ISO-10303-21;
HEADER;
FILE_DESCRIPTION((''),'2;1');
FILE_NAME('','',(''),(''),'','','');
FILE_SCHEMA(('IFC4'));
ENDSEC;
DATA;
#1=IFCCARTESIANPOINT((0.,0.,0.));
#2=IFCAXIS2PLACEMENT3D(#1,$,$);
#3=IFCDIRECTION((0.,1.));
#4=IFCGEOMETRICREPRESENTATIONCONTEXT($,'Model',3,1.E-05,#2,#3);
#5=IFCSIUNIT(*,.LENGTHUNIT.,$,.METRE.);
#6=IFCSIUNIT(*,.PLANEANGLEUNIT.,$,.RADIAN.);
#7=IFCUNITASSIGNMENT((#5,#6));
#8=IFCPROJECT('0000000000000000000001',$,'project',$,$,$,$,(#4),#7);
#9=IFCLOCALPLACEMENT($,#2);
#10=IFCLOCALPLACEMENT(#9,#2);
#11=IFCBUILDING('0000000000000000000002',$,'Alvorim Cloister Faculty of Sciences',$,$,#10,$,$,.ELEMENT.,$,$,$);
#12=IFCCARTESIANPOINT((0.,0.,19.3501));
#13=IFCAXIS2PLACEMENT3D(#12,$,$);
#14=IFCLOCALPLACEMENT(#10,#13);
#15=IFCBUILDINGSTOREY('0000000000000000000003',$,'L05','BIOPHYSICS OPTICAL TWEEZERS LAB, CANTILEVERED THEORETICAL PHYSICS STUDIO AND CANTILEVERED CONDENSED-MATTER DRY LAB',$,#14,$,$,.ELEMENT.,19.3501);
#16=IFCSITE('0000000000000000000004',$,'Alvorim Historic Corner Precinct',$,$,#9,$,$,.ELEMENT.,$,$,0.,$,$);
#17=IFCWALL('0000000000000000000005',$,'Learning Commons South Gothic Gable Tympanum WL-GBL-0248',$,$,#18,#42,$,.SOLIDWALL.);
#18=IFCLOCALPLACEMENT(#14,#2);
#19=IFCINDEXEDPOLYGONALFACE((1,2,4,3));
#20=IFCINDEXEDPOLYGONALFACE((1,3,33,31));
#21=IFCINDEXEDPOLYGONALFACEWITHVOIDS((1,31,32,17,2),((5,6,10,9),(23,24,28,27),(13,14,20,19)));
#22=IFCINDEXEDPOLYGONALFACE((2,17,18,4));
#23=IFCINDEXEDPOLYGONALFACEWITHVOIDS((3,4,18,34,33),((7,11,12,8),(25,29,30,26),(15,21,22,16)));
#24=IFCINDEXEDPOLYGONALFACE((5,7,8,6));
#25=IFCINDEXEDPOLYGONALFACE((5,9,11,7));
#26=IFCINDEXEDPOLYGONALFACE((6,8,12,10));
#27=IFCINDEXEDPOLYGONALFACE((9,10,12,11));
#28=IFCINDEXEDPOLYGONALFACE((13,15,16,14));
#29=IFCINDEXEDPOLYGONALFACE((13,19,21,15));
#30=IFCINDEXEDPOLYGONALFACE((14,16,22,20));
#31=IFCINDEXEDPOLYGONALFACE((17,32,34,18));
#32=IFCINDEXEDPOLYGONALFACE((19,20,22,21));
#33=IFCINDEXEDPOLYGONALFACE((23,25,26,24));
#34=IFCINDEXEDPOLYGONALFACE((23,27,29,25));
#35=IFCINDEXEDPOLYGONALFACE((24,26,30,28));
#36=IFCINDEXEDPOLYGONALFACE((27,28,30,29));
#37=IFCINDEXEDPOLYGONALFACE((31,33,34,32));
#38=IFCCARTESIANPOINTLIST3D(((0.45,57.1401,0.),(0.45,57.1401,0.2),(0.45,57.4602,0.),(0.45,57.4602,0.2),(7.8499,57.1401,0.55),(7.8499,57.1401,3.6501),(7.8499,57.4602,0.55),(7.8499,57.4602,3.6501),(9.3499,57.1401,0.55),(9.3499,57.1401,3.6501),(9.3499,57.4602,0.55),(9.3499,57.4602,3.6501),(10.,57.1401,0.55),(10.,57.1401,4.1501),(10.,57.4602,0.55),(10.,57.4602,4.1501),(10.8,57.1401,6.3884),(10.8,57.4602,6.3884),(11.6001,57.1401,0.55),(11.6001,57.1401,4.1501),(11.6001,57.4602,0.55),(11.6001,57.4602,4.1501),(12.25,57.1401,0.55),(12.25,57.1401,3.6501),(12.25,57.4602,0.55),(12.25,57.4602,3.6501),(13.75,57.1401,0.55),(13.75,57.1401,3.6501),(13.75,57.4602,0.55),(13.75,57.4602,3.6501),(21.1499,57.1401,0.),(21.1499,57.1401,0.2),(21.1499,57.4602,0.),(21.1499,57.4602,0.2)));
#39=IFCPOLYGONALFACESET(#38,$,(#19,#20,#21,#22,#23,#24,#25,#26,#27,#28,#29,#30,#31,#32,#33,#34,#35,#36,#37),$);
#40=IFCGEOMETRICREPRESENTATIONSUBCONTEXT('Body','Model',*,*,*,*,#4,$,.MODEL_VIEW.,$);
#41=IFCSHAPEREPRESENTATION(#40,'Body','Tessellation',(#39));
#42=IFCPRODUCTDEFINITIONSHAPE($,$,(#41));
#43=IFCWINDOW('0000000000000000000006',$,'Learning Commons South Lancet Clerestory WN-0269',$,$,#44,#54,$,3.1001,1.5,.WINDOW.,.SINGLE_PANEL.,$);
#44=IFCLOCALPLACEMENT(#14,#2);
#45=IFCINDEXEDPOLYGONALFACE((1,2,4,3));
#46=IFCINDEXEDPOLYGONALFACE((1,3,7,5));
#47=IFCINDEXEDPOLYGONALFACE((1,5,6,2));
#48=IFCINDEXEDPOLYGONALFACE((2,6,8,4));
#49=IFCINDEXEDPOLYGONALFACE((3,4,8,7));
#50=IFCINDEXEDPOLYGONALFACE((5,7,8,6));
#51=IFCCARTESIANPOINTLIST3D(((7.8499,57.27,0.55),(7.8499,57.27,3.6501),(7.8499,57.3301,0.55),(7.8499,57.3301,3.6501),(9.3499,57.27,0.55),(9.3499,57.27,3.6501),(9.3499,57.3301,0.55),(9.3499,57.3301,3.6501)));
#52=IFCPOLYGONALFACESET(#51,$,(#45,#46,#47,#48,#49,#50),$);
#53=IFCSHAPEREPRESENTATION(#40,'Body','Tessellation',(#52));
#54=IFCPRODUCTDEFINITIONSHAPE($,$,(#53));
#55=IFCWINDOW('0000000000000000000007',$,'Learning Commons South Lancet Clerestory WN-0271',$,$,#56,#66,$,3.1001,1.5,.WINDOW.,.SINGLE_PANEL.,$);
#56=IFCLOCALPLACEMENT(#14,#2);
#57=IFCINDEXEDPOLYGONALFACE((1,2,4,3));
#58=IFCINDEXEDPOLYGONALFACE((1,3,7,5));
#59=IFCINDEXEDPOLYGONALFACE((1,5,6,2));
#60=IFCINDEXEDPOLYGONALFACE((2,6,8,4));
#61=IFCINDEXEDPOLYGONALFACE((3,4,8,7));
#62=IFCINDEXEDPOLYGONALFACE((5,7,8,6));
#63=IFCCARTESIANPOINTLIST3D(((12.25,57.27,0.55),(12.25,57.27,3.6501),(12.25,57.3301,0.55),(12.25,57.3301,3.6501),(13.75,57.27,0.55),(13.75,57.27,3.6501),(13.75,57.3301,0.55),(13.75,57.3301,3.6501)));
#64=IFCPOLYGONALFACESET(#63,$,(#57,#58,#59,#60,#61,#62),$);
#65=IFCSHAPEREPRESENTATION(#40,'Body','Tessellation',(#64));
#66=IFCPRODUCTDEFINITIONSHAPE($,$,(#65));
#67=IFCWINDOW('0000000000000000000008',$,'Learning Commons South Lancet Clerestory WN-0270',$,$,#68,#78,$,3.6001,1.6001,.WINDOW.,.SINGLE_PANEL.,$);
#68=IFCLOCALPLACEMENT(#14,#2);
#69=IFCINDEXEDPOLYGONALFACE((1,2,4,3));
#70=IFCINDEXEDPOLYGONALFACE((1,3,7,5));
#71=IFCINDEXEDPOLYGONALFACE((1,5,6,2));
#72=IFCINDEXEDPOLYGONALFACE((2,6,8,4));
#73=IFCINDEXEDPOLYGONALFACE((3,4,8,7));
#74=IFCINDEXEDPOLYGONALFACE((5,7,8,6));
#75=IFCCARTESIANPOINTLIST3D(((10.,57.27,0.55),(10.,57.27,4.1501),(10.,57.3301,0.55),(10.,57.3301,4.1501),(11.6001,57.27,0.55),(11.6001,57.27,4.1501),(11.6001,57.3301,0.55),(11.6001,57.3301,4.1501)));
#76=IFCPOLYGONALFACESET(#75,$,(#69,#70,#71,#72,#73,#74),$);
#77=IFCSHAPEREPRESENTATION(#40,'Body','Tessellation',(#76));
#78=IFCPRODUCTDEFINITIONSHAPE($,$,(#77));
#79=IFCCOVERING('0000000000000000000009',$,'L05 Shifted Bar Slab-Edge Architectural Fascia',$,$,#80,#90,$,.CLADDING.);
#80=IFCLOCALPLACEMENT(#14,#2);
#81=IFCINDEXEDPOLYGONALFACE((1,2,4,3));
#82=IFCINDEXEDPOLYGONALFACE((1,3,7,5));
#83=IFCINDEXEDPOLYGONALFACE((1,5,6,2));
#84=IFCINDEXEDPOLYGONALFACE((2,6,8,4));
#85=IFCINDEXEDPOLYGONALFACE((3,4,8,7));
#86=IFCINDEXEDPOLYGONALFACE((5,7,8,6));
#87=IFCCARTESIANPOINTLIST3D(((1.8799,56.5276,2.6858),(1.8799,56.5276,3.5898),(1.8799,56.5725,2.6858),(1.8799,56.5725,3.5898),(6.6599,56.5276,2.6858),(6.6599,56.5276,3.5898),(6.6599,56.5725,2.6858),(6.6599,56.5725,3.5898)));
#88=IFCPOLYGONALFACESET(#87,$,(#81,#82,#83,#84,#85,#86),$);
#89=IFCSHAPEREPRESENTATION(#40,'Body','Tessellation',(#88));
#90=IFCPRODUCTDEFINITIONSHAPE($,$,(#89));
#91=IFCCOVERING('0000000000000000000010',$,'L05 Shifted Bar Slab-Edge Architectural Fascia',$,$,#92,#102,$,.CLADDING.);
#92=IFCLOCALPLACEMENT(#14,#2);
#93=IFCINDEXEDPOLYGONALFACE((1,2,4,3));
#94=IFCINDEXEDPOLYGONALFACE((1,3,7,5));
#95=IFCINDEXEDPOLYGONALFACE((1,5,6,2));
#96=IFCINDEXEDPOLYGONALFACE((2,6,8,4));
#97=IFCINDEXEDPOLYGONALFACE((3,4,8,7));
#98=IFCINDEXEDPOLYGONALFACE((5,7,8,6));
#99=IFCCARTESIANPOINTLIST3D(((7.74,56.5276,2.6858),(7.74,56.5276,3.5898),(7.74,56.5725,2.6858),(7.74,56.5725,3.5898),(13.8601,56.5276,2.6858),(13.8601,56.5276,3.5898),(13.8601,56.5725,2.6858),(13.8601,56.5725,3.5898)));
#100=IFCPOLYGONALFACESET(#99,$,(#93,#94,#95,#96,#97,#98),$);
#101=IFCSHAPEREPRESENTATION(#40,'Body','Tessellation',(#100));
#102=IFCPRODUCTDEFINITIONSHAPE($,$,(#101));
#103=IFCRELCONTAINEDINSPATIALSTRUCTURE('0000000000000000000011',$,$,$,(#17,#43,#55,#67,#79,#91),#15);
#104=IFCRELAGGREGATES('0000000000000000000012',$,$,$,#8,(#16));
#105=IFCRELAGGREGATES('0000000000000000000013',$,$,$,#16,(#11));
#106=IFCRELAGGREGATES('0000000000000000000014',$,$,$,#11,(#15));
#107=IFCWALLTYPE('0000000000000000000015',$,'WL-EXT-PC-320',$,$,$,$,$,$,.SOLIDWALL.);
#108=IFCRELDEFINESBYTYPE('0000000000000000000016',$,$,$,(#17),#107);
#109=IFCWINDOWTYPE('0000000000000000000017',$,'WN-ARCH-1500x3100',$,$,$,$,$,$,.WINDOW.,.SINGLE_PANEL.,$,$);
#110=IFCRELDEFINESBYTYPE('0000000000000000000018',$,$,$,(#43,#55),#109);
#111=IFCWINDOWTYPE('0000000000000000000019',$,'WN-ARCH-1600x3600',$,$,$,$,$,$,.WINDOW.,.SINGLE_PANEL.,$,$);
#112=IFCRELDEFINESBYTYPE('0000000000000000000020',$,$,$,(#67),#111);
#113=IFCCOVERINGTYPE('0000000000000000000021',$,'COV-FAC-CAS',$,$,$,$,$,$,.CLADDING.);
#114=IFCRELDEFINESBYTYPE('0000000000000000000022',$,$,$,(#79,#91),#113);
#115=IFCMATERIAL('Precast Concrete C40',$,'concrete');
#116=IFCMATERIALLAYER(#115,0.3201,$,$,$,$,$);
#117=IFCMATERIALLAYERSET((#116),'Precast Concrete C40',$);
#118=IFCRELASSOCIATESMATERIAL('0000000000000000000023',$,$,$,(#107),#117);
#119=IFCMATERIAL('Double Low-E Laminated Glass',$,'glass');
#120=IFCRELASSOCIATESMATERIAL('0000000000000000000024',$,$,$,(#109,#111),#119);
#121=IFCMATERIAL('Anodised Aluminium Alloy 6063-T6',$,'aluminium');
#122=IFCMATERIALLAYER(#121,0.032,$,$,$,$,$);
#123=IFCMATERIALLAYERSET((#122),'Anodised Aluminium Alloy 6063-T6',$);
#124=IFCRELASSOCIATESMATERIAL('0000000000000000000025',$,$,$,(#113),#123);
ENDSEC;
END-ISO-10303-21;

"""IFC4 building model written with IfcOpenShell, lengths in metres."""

from ifc_helpers import new_model, si_unit, direction, frame, frame_2d, origin, place, context, subcontext, project, spatial, polyline, rectangle, outline, extrude, material, layer, layer_set, type_object, element, fill, save


model = new_model("IFC4")

# Units and contexts
model_context = context("Model", 3, precision=1e-05, world=origin(), true_north=direction((0.0, 1.0)))
body_context = subcontext(model_context, "Body", "Model", "MODEL_VIEW")
ifc_project = project(units=[si_unit("LENGTHUNIT", "METRE"), si_unit("PLANEANGLEUNIT", "RADIAN")], contexts=[model_context])

# Site, building, storey
site_placement = place(None, origin())
site = spatial("IfcSite", under=ifc_project, at=site_placement, Name="Alvorim Historic Corner Precinct", CompositionType="ELEMENT", RefElevation=0.0)
building_placement = place(site_placement, origin())
building = spatial("IfcBuilding", under=site, at=building_placement, Name="Alvorim Cloister Faculty of Sciences", CompositionType="ELEMENT")
storey_placement = place(building_placement, frame((0.0, 0.0, 19.3501)))
storey = spatial("IfcBuildingStorey", under=building, at=storey_placement, Name="L05", Description="BIOPHYSICS OPTICAL TWEEZERS LAB, CANTILEVERED THEORETICAL PHYSICS STUDIO AND CANTILEVERED CONDENSED-MATTER DRY LAB", CompositionType="ELEMENT", Elevation=19.3501)

# Wall, openings, windows
ifc_material_1 = material(Name="Precast Concrete C40", Category="concrete")
ifc_layer_1 = layer(ifc_material_1, 0.3201)
ifc_layer_set_1 = layer_set([ifc_layer_1], Name="Precast Concrete C40")
wall_type = type_object("IfcWallType", Name="WL-EXT-PC-320", PredefinedType="SOLIDWALL", material=ifc_layer_set_1)
wall_placement = place(storey_placement, frame((0.45, 57.3, 0.0), z_axis=(0.0, 0.0, 1.0), x_axis=(1.0, 0.0, 0.0)))
wall = element("IfcWall", 1, at=wall_placement, inside=storey, type_object=wall_type, Name="Learning Commons South Gothic Gable Tympanum WL-GBL-0248", PredefinedType="SOLIDWALL", context=body_context, shape_type="SweptSolid", body=[
    extrude(outline(polyline([(0.0, 0.0), (20.7, 0.0), (20.7, 0.2), (10.3501, 6.3884), (0.0, 0.2), (0.0, 0.0)])), frame((0.0, 0.1602, 0.0), z_axis=(0.0, -1.0, 0.0), x_axis=(1.0, 0.0, 0.0)), (0.0, 0.0, 1.0), 0.3201),
])
opening_1_placement = place(wall_placement, frame((7.3999, 0.0, 0.55)))
opening_1 = element("IfcOpeningElement", 2, at=opening_1_placement, cuts=wall, PredefinedType="OPENING", context=body_context, shape_type="SweptSolid", body=[
    extrude(rectangle(XDim=1.5, YDim=3.1001, at=frame_2d((0.75, 1.55))), frame((0.0, 0.1719, 0.0), z_axis=(0.0, -1.0, 0.0), x_axis=(1.0, 0.0, 0.0)), (0.0, 0.0, 1.0), 0.344),
])
opening_2_placement = place(wall_placement, frame((9.55, 0.0, 0.55)))
opening_2 = element("IfcOpeningElement", 3, at=opening_2_placement, cuts=wall, PredefinedType="OPENING", context=body_context, shape_type="SweptSolid", body=[
    extrude(rectangle(XDim=1.6001, YDim=3.6001, at=frame_2d((0.8, 1.8))), frame((0.0, 0.1719, 0.0), z_axis=(0.0, -1.0, 0.0), x_axis=(1.0, 0.0, 0.0)), (0.0, 0.0, 1.0), 0.344),
])
opening_3_placement = place(wall_placement, frame((11.8, 0.0, 0.55)))
opening_3 = element("IfcOpeningElement", 4, at=opening_3_placement, cuts=wall, PredefinedType="OPENING", context=body_context, shape_type="SweptSolid", body=[
    extrude(rectangle(XDim=1.5, YDim=3.1001, at=frame_2d((0.75, 1.55))), frame((0.0, 0.1719, 0.0), z_axis=(0.0, -1.0, 0.0), x_axis=(1.0, 0.0, 0.0)), (0.0, 0.0, 1.0), 0.344),
])
ifc_material_2 = material(Name="Double Low-E Laminated Glass", Category="glass")
window_type_1 = type_object("IfcWindowType", Name="WN-ARCH-1500x3100", PartitioningType="SINGLE_PANEL", PredefinedType="WINDOW", material=ifc_material_2)
window_1_placement = place(opening_1_placement, origin())
window_1 = element("IfcWindow", 5, at=window_1_placement, inside=storey, type_object=window_type_1, Name="Learning Commons South Lancet Clerestory WN-0269", OverallHeight=3.1001, OverallWidth=1.5, PartitioningType="SINGLE_PANEL", PredefinedType="WINDOW", context=body_context, shape_type="SweptSolid", body=[
    extrude(rectangle(XDim=1.5, YDim=3.1001, at=frame_2d((0.75, 1.55))), frame((0.0, 0.03, 0.0), z_axis=(0.0, -1.0, 0.0), x_axis=(1.0, 0.0, 0.0)), (0.0, 0.0, 1.0), 0.0601),
])
fill(opening_1, window_1)
window_2_placement = place(opening_3_placement, origin())
window_2 = element("IfcWindow", 6, at=window_2_placement, inside=storey, type_object=window_type_1, Name="Learning Commons South Lancet Clerestory WN-0271", OverallHeight=3.1001, OverallWidth=1.5, PartitioningType="SINGLE_PANEL", PredefinedType="WINDOW", context=body_context, shape_type="SweptSolid", body=[
    extrude(rectangle(XDim=1.5, YDim=3.1001, at=frame_2d((0.75, 1.55))), frame((0.0, 0.03, 0.0), z_axis=(0.0, -1.0, 0.0), x_axis=(1.0, 0.0, 0.0)), (0.0, 0.0, 1.0), 0.0601),
])
fill(opening_3, window_2)
window_type_2 = type_object("IfcWindowType", Name="WN-ARCH-1600x3600", PartitioningType="SINGLE_PANEL", PredefinedType="WINDOW", material=ifc_material_2)
window_3_placement = place(opening_2_placement, origin())
window_3 = element("IfcWindow", 7, at=window_3_placement, inside=storey, type_object=window_type_2, Name="Learning Commons South Lancet Clerestory WN-0270", OverallHeight=3.6001, OverallWidth=1.6001, PartitioningType="SINGLE_PANEL", PredefinedType="WINDOW", context=body_context, shape_type="SweptSolid", body=[
    extrude(rectangle(XDim=1.6001, YDim=3.6001, at=frame_2d((0.8, 1.8))), frame((0.0, 0.03, 0.0), z_axis=(0.0, -1.0, 0.0), x_axis=(1.0, 0.0, 0.0)), (0.0, 0.0, 1.0), 0.0601),
])
fill(opening_2, window_3)

# Coverings
ifc_material_3 = material(Name="Anodised Aluminium Alloy 6063-T6", Category="aluminium")
ifc_layer_2 = layer(ifc_material_3, 0.032)
ifc_layer_set_2 = layer_set([ifc_layer_2], Name="Anodised Aluminium Alloy 6063-T6")
covering_type = type_object("IfcCoveringType", Name="COV-FAC-CAS", PredefinedType="CLADDING", material=ifc_layer_set_2)
covering_1_placement = place(storey_placement, frame((1.8799, 56.55, 2.6858), z_axis=(0.0, 0.0, 1.0), x_axis=(1.0, 0.0, 0.0)))
element("IfcCovering", 8, at=covering_1_placement, inside=storey, type_object=covering_type, Name="L05 Shifted Bar Slab-Edge Architectural Fascia", PredefinedType="CLADDING", context=body_context, shape_type="SweptSolid", body=[
    extrude(outline(polyline([(0.0, 0.0), (4.78, 0.0), (4.78, 0.9041), (0.0, 0.9041), (0.0, 0.0)])), frame((0.0, 0.0225, 0.0), z_axis=(0.0, -1.0, 0.0), x_axis=(1.0, 0.0, 0.0)), (0.0, 0.0, 1.0), 0.0449),
])
covering_2_placement = place(storey_placement, frame((7.74, 56.55, 2.6858), z_axis=(0.0, 0.0, 1.0), x_axis=(1.0, 0.0, 0.0)))
element("IfcCovering", 9, at=covering_2_placement, inside=storey, type_object=covering_type, Name="L05 Shifted Bar Slab-Edge Architectural Fascia", PredefinedType="CLADDING", context=body_context, shape_type="SweptSolid", body=[
    extrude(outline(polyline([(0.0, 0.0), (6.1201, 0.0), (6.1201, 0.9041), (0.0, 0.9041), (0.0, 0.0)])), frame((0.0, 0.0225, 0.0), z_axis=(0.0, -1.0, 0.0), x_axis=(1.0, 0.0, 0.0)), (0.0, 0.0, 1.0), 0.0449),
])

save(model, "model.ifc")
